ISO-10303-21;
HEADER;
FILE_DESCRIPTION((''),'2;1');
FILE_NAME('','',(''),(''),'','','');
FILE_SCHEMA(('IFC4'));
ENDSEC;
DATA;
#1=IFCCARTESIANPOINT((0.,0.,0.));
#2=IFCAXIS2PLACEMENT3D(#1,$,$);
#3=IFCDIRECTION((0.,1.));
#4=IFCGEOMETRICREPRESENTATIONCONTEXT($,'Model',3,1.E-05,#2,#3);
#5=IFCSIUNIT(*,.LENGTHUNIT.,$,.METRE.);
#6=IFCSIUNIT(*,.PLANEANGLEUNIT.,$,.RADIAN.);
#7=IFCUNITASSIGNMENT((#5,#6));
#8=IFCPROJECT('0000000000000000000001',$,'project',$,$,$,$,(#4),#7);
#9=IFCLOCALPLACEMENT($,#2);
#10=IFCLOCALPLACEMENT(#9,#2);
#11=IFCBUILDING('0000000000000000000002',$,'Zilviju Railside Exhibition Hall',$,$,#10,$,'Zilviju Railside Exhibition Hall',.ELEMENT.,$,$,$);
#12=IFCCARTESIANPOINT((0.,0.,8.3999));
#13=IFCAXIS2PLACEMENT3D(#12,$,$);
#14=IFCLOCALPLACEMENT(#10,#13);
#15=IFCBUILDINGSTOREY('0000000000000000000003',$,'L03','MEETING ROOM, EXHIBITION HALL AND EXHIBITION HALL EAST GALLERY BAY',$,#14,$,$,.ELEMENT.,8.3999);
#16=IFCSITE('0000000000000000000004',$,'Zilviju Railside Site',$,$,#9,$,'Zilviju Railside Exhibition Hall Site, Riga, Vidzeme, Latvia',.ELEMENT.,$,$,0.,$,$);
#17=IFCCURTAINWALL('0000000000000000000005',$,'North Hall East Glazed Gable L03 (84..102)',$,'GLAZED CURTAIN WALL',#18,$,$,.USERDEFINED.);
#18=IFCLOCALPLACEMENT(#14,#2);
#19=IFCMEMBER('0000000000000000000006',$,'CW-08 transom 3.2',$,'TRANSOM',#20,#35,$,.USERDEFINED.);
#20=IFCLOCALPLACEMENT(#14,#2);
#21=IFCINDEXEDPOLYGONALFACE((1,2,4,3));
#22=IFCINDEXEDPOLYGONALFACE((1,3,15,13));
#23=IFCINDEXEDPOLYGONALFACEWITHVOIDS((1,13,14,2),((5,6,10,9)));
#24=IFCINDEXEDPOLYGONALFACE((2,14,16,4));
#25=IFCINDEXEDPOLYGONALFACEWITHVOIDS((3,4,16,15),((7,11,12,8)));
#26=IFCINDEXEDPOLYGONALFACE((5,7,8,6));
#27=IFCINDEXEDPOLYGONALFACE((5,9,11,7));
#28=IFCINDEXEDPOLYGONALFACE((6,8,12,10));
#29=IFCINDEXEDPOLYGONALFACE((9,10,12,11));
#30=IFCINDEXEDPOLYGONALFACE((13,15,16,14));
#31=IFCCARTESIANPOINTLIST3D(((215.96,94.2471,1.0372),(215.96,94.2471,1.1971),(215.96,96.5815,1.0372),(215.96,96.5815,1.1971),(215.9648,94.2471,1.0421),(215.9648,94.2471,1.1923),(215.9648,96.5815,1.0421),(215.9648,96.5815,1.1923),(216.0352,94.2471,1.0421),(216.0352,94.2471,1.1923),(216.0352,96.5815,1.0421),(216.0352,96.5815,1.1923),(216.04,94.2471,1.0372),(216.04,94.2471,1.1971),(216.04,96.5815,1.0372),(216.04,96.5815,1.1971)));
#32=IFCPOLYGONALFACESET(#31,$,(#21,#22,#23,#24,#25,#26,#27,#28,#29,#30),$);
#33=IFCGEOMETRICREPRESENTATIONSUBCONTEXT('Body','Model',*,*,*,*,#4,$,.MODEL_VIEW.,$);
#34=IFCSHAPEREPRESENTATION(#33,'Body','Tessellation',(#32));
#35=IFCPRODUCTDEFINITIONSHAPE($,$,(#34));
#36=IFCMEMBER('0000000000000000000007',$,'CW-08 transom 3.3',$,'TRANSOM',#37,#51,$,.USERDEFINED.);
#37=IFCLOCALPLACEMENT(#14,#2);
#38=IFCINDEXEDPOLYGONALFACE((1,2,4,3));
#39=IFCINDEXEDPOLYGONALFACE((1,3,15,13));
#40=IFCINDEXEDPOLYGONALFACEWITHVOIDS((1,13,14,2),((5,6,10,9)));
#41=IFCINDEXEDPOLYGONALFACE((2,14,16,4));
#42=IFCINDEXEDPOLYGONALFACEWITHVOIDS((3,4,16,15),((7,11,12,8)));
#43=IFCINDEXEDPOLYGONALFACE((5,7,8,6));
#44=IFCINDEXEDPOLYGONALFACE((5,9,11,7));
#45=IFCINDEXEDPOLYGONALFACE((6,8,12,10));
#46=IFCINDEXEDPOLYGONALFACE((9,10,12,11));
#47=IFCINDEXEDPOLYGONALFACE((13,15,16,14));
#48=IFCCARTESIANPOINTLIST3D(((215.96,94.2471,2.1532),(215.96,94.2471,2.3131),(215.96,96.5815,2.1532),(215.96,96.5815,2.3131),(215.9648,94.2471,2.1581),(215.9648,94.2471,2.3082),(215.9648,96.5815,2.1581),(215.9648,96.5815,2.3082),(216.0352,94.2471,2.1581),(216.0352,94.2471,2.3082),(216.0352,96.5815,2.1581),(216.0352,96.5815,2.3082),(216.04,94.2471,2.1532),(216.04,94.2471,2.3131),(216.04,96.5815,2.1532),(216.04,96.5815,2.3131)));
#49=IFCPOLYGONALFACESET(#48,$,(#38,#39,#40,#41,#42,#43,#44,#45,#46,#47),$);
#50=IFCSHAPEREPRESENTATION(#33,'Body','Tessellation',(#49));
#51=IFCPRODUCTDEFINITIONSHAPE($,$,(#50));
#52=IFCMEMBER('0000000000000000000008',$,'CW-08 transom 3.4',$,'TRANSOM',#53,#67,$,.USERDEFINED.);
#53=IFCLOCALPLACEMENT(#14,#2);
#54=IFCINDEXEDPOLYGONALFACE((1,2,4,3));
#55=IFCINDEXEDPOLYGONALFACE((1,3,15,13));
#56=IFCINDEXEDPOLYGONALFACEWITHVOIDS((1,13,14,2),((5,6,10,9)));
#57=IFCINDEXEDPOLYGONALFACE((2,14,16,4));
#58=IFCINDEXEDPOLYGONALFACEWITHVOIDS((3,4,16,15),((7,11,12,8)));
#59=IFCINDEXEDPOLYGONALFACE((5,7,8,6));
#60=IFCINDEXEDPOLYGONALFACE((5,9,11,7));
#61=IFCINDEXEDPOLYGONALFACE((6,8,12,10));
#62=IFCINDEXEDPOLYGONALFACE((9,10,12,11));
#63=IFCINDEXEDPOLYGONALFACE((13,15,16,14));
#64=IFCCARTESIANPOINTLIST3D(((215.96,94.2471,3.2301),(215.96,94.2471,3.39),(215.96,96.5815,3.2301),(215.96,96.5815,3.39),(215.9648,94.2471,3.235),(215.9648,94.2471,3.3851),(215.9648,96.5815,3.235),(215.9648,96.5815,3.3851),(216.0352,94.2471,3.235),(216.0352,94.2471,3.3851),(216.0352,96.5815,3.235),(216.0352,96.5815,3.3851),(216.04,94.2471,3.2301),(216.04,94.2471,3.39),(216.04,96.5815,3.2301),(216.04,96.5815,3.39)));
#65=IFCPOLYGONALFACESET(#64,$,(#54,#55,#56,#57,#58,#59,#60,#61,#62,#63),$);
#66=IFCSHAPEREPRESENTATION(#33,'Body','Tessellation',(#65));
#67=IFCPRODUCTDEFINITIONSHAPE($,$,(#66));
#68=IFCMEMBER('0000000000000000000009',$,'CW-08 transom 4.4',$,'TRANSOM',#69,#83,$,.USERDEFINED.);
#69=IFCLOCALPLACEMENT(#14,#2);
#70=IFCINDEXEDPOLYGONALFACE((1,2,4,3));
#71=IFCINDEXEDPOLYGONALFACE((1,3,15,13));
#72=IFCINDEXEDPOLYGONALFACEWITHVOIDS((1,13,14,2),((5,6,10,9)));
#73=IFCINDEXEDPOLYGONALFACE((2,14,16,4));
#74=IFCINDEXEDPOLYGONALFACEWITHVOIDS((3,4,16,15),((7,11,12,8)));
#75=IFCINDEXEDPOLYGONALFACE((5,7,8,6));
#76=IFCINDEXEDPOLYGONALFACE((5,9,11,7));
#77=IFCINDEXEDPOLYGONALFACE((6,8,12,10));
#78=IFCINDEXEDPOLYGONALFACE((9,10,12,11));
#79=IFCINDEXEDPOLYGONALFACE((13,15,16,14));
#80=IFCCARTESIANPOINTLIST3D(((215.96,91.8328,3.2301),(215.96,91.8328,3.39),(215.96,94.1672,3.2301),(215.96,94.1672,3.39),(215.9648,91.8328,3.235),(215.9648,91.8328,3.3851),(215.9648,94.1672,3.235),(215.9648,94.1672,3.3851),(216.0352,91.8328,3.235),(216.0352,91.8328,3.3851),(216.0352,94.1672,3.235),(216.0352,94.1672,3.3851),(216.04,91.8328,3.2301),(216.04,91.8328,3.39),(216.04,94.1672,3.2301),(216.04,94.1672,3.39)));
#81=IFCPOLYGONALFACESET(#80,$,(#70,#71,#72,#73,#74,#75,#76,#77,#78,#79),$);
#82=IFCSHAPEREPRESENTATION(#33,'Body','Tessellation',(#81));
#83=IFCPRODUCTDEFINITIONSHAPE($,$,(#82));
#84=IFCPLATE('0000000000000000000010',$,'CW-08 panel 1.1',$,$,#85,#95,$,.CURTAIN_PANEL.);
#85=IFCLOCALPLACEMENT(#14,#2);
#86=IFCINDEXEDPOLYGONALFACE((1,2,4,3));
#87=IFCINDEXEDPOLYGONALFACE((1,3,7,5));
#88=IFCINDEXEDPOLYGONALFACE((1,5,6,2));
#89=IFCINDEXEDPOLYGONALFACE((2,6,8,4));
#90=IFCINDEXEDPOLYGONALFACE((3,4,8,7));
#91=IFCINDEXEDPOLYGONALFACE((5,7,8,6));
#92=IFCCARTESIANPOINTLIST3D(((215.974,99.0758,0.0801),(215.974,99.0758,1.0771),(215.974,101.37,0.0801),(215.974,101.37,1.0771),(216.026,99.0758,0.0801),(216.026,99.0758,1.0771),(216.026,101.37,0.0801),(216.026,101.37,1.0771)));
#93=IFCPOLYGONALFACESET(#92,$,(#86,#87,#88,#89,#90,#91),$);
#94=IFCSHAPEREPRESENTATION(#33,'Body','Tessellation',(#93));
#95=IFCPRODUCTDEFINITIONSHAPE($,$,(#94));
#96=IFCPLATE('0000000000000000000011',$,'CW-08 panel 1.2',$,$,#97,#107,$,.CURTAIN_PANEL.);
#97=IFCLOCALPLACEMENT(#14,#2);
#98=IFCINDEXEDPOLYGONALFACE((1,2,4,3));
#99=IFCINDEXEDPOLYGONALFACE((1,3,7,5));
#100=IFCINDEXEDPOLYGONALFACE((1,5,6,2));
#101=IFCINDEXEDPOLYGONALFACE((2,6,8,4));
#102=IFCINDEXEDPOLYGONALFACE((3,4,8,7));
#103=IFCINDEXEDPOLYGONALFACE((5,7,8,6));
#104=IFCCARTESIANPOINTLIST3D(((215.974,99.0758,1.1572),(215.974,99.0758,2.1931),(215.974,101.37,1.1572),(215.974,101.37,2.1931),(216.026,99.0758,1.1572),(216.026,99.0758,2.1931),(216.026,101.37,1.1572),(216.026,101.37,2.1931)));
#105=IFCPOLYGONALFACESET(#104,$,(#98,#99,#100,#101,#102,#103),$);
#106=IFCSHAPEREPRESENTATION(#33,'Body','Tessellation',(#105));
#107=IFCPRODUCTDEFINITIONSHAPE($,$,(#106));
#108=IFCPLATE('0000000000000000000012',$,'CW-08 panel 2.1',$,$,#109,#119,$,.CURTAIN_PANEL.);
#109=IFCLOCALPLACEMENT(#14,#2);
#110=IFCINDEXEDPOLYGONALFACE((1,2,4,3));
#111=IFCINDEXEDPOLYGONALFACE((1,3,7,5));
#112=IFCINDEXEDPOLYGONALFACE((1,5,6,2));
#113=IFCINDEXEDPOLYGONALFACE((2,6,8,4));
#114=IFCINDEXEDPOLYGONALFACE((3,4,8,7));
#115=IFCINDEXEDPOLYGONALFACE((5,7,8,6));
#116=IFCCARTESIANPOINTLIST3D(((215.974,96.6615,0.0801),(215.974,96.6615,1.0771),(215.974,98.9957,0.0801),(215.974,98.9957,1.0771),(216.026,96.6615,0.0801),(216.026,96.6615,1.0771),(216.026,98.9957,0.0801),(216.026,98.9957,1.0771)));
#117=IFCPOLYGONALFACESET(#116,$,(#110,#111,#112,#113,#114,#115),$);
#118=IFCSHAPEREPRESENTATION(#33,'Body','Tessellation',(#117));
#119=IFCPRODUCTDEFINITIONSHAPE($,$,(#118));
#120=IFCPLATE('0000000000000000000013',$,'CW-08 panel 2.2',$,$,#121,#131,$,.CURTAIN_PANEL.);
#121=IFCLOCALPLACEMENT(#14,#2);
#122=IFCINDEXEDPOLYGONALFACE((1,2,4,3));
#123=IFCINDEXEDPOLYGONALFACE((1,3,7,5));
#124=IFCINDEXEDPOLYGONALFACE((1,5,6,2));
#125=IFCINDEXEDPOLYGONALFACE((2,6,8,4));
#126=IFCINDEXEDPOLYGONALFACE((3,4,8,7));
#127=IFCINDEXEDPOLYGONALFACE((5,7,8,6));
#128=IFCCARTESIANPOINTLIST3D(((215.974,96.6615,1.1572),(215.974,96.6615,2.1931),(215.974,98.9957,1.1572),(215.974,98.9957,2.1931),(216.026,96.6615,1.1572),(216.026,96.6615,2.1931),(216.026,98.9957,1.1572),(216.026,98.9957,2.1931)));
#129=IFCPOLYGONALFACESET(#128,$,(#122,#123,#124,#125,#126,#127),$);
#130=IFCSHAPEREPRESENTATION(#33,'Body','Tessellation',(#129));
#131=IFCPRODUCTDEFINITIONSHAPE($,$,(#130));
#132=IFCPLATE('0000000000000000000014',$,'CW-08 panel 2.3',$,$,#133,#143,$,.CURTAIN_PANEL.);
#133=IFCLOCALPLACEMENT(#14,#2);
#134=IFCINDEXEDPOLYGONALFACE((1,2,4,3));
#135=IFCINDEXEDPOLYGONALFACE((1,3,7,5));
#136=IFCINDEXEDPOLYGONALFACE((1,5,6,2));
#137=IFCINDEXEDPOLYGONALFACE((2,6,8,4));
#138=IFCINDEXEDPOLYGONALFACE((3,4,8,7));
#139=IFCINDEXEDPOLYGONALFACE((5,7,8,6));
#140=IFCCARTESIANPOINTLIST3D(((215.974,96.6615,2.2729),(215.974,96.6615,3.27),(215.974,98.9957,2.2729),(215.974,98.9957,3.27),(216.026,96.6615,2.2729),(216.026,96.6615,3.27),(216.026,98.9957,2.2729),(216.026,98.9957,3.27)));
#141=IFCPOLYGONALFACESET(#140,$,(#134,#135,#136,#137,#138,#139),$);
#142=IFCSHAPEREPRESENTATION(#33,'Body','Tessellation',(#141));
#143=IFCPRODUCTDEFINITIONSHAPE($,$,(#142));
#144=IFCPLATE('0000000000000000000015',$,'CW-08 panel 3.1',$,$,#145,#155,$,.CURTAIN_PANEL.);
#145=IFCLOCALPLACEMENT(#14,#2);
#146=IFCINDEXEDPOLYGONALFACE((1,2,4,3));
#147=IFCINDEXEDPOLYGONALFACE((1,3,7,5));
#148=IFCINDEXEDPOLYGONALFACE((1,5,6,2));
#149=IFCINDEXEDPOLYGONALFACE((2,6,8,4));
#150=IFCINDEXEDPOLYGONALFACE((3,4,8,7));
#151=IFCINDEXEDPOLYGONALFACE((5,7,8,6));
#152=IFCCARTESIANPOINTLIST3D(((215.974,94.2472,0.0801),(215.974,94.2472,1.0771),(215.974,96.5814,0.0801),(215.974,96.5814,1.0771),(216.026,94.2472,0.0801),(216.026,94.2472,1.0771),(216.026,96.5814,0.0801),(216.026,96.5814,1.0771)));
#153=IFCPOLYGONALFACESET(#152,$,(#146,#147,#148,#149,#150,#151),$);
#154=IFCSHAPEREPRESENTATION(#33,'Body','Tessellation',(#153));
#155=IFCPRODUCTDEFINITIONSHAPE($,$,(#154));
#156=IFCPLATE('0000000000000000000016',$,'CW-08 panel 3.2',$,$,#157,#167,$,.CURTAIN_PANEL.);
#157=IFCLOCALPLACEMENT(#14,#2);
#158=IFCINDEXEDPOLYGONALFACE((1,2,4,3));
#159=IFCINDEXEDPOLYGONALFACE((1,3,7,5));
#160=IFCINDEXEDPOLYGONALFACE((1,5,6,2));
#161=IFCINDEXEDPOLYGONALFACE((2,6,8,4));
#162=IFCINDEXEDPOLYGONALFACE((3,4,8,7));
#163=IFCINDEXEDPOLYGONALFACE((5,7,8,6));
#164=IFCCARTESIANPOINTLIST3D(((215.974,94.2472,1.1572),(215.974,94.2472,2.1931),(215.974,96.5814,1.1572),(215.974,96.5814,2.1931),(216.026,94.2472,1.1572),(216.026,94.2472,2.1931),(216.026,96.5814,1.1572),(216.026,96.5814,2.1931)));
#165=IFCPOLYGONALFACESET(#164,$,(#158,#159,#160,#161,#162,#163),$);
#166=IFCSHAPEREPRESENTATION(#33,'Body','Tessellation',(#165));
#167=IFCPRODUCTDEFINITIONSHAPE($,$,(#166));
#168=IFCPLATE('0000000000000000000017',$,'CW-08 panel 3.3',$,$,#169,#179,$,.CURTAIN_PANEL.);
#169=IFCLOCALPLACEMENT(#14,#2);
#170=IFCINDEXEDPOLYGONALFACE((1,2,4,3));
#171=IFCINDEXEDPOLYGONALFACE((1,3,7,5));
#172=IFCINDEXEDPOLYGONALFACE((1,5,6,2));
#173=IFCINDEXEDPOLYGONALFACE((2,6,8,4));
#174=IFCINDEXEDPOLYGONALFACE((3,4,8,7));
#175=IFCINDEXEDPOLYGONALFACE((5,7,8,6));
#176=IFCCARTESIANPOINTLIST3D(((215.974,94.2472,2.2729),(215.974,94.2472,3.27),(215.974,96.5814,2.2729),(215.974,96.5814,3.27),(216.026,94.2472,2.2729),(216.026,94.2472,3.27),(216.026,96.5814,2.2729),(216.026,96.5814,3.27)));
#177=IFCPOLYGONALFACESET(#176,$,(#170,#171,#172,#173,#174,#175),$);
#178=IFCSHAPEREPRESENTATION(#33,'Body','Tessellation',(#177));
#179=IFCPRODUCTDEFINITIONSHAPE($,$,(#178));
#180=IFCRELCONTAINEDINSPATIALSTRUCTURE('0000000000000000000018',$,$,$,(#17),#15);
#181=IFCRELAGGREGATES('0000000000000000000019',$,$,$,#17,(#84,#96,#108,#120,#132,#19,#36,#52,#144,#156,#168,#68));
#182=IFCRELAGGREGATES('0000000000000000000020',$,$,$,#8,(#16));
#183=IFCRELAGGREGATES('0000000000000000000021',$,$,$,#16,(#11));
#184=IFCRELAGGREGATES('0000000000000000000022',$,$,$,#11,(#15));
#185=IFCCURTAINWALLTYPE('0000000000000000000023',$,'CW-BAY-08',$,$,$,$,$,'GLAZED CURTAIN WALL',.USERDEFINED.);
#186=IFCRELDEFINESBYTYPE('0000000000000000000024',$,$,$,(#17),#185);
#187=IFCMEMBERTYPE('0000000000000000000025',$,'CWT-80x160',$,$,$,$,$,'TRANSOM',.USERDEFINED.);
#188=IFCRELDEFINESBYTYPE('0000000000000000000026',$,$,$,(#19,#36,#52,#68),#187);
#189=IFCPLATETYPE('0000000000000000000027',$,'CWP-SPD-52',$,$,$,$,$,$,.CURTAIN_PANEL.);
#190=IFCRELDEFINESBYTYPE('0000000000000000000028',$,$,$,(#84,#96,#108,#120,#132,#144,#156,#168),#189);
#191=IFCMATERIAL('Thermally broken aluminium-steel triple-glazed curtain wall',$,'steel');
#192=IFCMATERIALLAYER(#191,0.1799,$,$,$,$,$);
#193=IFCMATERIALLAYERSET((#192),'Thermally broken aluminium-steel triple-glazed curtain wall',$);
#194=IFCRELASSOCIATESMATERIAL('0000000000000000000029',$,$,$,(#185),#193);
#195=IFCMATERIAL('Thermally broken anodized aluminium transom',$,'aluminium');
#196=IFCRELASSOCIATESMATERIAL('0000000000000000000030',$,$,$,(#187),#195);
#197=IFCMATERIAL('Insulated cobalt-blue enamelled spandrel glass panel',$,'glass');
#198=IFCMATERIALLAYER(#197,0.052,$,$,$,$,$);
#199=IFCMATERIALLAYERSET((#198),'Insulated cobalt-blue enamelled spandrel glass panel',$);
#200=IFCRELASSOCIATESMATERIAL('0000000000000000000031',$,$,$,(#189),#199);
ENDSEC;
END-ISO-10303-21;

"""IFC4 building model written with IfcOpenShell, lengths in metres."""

from ifc_helpers import new_model, si_unit, direction, frame, origin, origin_2d, place, context, subcontext, project, spatial, rectangle, hollow_rectangle, extrude, material, layer, layer_set, material_profile, profile_set, type_object, element, aggregate, save


model = new_model("IFC4")

# Units and contexts
model_context = context("Model", 3, precision=1e-05, world=origin(), true_north=direction((0.0, 1.0)))
body_context = subcontext(model_context, "Body", "Model", "MODEL_VIEW")
ifc_project = project(units=[si_unit("LENGTHUNIT", "METRE"), si_unit("PLANEANGLEUNIT", "RADIAN")], contexts=[model_context])

# Site, building, storey
site_placement = place(None, origin())
site = spatial("IfcSite", under=ifc_project, at=site_placement, Name="Zilviju Railside Site", LongName="Zilviju Railside Exhibition Hall Site, Riga, Vidzeme, Latvia", CompositionType="ELEMENT", RefElevation=0.0)
building_placement = place(site_placement, origin())
building = spatial("IfcBuilding", under=site, at=building_placement, Name="Zilviju Railside Exhibition Hall", LongName="Zilviju Railside Exhibition Hall", CompositionType="ELEMENT")
storey_placement = place(building_placement, frame((0.0, 0.0, 8.3999)))
storey = spatial("IfcBuildingStorey", under=building, at=storey_placement, Name="L03", Description="MEETING ROOM, EXHIBITION HALL AND EXHIBITION HALL EAST GALLERY BAY", CompositionType="ELEMENT", Elevation=8.3999)

# Curtain wall, members, plates
ifc_material_1 = material(Name="Thermally broken aluminium-steel triple-glazed curtain wall", Category="steel")
ifc_layer_1 = layer(ifc_material_1, 0.1799)
ifc_layer_set_1 = layer_set([ifc_layer_1], Name="Thermally broken aluminium-steel triple-glazed curtain wall")
curtain_wall_type = type_object("IfcCurtainWallType", Name="CW-BAY-08", ElementType="GLAZED CURTAIN WALL", PredefinedType="USERDEFINED", material=ifc_layer_set_1)
curtain_wall_placement = place(storey_placement, origin())
curtain_wall = element("IfcCurtainWall", 1, at=curtain_wall_placement, inside=storey, type_object=curtain_wall_type, Name="North Hall East Glazed Gable L03 (84..102)", ObjectType="GLAZED CURTAIN WALL", PredefinedType="USERDEFINED")
ifc_material_2 = material(Name="Thermally broken anodized aluminium transom", Category="aluminium")
ifc_material_profile_1 = material_profile(ifc_material_2, hollow_rectangle(XDim=0.0801, YDim=0.1599, WallThickness=0.0049, at=origin_2d()), Name="TRANSOM 160x80x5")
ifc_profile_set_1 = profile_set([ifc_material_profile_1], Name="Thermally broken anodized aluminium transom")
member_type_1 = type_object("IfcMemberType", Name="CWT-80x160", ElementType="TRANSOM", PredefinedType="USERDEFINED", material=ifc_profile_set_1)
member_1_placement = place(storey_placement, frame((216.0, 96.5815, 1.1172), z_axis=(0.0, -1.0, 0.0), x_axis=(1.0, 0.0, 0.0)))
member_1 = element("IfcMember", 2, at=member_1_placement, type_object=member_type_1, Name="CW-08 transom 3.2", ObjectType="TRANSOM", PredefinedType="USERDEFINED", context=body_context, shape_type="SweptSolid", body=[
    extrude(hollow_rectangle(XDim=0.0801, YDim=0.1599, WallThickness=0.0049, at=origin_2d()), origin(), (0.0, 0.0, 1.0), 2.3345),
])
member_2_placement = place(storey_placement, frame((216.0, 96.5815, 2.2332), z_axis=(0.0, -1.0, 0.0), x_axis=(1.0, 0.0, 0.0)))
member_2 = element("IfcMember", 3, at=member_2_placement, type_object=member_type_1, Name="CW-08 transom 3.3", ObjectType="TRANSOM", PredefinedType="USERDEFINED", context=body_context, shape_type="SweptSolid", body=[
    extrude(hollow_rectangle(XDim=0.0801, YDim=0.1599, WallThickness=0.0049, at=origin_2d()), origin(), (0.0, 0.0, 1.0), 2.3345),
])
member_3_placement = place(storey_placement, frame((216.0, 96.5815, 3.3101), z_axis=(0.0, -1.0, 0.0), x_axis=(1.0, 0.0, 0.0)))
member_3 = element("IfcMember", 4, at=member_3_placement, type_object=member_type_1, Name="CW-08 transom 3.4", ObjectType="TRANSOM", PredefinedType="USERDEFINED", context=body_context, shape_type="SweptSolid", body=[
    extrude(hollow_rectangle(XDim=0.0801, YDim=0.1599, WallThickness=0.0049, at=origin_2d()), origin(), (0.0, 0.0, 1.0), 2.3345),
])
member_4_placement = place(storey_placement, frame((216.0, 94.1672, 3.3101), z_axis=(0.0, -1.0, 0.0), x_axis=(1.0, 0.0, 0.0)))
member_4 = element("IfcMember", 5, at=member_4_placement, type_object=member_type_1, Name="CW-08 transom 4.4", ObjectType="TRANSOM", PredefinedType="USERDEFINED", context=body_context, shape_type="SweptSolid", body=[
    extrude(hollow_rectangle(XDim=0.0801, YDim=0.1599, WallThickness=0.0049, at=origin_2d()), origin(), (0.0, 0.0, 1.0), 2.3345),
])
ifc_material_3 = material(Name="Insulated cobalt-blue enamelled spandrel glass panel", Category="glass")
ifc_layer_2 = layer(ifc_material_3, 0.052)
ifc_layer_set_2 = layer_set([ifc_layer_2], Name="Insulated cobalt-blue enamelled spandrel glass panel")
plate_type = type_object("IfcPlateType", Name="CWP-SPD-52", PredefinedType="CURTAIN_PANEL", material=ifc_layer_set_2)
plate_1_placement = place(storey_placement, frame((216.0, 100.2229, 0.0801), z_axis=(0.0, 0.0, 1.0), x_axis=(0.0, -1.0, 0.0)))
plate_1 = element("IfcPlate", 6, at=plate_1_placement, type_object=plate_type, Name="CW-08 panel 1.1", PredefinedType="CURTAIN_PANEL", context=body_context, shape_type="SweptSolid", body=[
    extrude(rectangle(XDim=2.2942, YDim=0.052, at=origin_2d()), origin(), (0.0, 0.0, 1.0), 0.9971),
])
plate_2_placement = place(storey_placement, frame((216.0, 100.2229, 1.1572), z_axis=(0.0, 0.0, 1.0), x_axis=(0.0, -1.0, 0.0)))
plate_2 = element("IfcPlate", 7, at=plate_2_placement, type_object=plate_type, Name="CW-08 panel 1.2", PredefinedType="CURTAIN_PANEL", context=body_context, shape_type="SweptSolid", body=[
    extrude(rectangle(XDim=2.2942, YDim=0.052, at=origin_2d()), origin(), (0.0, 0.0, 1.0), 1.0359),
])
plate_3_placement = place(storey_placement, frame((216.0, 97.8286, 0.0801), z_axis=(0.0, 0.0, 1.0), x_axis=(0.0, -1.0, 0.0)))
plate_3 = element("IfcPlate", 8, at=plate_3_placement, type_object=plate_type, Name="CW-08 panel 2.1", PredefinedType="CURTAIN_PANEL", context=body_context, shape_type="SweptSolid", body=[
    extrude(rectangle(XDim=2.3342, YDim=0.052, at=origin_2d()), origin(), (0.0, 0.0, 1.0), 0.9971),
])
plate_4_placement = place(storey_placement, frame((216.0, 97.8286, 1.1572), z_axis=(0.0, 0.0, 1.0), x_axis=(0.0, -1.0, 0.0)))
plate_4 = element("IfcPlate", 9, at=plate_4_placement, type_object=plate_type, Name="CW-08 panel 2.2", PredefinedType="CURTAIN_PANEL", context=body_context, shape_type="SweptSolid", body=[
    extrude(rectangle(XDim=2.3342, YDim=0.052, at=origin_2d()), origin(), (0.0, 0.0, 1.0), 1.0359),
])
plate_5_placement = place(storey_placement, frame((216.0, 97.8286, 2.2729), z_axis=(0.0, 0.0, 1.0), x_axis=(0.0, -1.0, 0.0)))
plate_5 = element("IfcPlate", 10, at=plate_5_placement, type_object=plate_type, Name="CW-08 panel 2.3", PredefinedType="CURTAIN_PANEL", context=body_context, shape_type="SweptSolid", body=[
    extrude(rectangle(XDim=2.3342, YDim=0.052, at=origin_2d()), origin(), (0.0, 0.0, 1.0), 0.9971),
])
plate_6_placement = place(storey_placement, frame((216.0, 95.4143, 0.0801), z_axis=(0.0, 0.0, 1.0), x_axis=(0.0, -1.0, 0.0)))
plate_6 = element("IfcPlate", 11, at=plate_6_placement, type_object=plate_type, Name="CW-08 panel 3.1", PredefinedType="CURTAIN_PANEL", context=body_context, shape_type="SweptSolid", body=[
    extrude(rectangle(XDim=2.3342, YDim=0.052, at=origin_2d()), origin(), (0.0, 0.0, 1.0), 0.9971),
])
plate_7_placement = place(storey_placement, frame((216.0, 95.4143, 1.1572), z_axis=(0.0, 0.0, 1.0), x_axis=(0.0, -1.0, 0.0)))
plate_7 = element("IfcPlate", 12, at=plate_7_placement, type_object=plate_type, Name="CW-08 panel 3.2", PredefinedType="CURTAIN_PANEL", context=body_context, shape_type="SweptSolid", body=[
    extrude(rectangle(XDim=2.3342, YDim=0.052, at=origin_2d()), origin(), (0.0, 0.0, 1.0), 1.0359),
])
plate_8_placement = place(storey_placement, frame((216.0, 95.4143, 2.2729), z_axis=(0.0, 0.0, 1.0), x_axis=(0.0, -1.0, 0.0)))
plate_8 = element("IfcPlate", 13, at=plate_8_placement, type_object=plate_type, Name="CW-08 panel 3.3", PredefinedType="CURTAIN_PANEL", context=body_context, shape_type="SweptSolid", body=[
    extrude(rectangle(XDim=2.3342, YDim=0.052, at=origin_2d()), origin(), (0.0, 0.0, 1.0), 0.9971),
])
aggregate(curtain_wall, [plate_1, plate_2, plate_3, plate_4, plate_5, member_1, member_2, member_3, plate_6, plate_7, plate_8, member_4])

save(model, "model.ifc")
